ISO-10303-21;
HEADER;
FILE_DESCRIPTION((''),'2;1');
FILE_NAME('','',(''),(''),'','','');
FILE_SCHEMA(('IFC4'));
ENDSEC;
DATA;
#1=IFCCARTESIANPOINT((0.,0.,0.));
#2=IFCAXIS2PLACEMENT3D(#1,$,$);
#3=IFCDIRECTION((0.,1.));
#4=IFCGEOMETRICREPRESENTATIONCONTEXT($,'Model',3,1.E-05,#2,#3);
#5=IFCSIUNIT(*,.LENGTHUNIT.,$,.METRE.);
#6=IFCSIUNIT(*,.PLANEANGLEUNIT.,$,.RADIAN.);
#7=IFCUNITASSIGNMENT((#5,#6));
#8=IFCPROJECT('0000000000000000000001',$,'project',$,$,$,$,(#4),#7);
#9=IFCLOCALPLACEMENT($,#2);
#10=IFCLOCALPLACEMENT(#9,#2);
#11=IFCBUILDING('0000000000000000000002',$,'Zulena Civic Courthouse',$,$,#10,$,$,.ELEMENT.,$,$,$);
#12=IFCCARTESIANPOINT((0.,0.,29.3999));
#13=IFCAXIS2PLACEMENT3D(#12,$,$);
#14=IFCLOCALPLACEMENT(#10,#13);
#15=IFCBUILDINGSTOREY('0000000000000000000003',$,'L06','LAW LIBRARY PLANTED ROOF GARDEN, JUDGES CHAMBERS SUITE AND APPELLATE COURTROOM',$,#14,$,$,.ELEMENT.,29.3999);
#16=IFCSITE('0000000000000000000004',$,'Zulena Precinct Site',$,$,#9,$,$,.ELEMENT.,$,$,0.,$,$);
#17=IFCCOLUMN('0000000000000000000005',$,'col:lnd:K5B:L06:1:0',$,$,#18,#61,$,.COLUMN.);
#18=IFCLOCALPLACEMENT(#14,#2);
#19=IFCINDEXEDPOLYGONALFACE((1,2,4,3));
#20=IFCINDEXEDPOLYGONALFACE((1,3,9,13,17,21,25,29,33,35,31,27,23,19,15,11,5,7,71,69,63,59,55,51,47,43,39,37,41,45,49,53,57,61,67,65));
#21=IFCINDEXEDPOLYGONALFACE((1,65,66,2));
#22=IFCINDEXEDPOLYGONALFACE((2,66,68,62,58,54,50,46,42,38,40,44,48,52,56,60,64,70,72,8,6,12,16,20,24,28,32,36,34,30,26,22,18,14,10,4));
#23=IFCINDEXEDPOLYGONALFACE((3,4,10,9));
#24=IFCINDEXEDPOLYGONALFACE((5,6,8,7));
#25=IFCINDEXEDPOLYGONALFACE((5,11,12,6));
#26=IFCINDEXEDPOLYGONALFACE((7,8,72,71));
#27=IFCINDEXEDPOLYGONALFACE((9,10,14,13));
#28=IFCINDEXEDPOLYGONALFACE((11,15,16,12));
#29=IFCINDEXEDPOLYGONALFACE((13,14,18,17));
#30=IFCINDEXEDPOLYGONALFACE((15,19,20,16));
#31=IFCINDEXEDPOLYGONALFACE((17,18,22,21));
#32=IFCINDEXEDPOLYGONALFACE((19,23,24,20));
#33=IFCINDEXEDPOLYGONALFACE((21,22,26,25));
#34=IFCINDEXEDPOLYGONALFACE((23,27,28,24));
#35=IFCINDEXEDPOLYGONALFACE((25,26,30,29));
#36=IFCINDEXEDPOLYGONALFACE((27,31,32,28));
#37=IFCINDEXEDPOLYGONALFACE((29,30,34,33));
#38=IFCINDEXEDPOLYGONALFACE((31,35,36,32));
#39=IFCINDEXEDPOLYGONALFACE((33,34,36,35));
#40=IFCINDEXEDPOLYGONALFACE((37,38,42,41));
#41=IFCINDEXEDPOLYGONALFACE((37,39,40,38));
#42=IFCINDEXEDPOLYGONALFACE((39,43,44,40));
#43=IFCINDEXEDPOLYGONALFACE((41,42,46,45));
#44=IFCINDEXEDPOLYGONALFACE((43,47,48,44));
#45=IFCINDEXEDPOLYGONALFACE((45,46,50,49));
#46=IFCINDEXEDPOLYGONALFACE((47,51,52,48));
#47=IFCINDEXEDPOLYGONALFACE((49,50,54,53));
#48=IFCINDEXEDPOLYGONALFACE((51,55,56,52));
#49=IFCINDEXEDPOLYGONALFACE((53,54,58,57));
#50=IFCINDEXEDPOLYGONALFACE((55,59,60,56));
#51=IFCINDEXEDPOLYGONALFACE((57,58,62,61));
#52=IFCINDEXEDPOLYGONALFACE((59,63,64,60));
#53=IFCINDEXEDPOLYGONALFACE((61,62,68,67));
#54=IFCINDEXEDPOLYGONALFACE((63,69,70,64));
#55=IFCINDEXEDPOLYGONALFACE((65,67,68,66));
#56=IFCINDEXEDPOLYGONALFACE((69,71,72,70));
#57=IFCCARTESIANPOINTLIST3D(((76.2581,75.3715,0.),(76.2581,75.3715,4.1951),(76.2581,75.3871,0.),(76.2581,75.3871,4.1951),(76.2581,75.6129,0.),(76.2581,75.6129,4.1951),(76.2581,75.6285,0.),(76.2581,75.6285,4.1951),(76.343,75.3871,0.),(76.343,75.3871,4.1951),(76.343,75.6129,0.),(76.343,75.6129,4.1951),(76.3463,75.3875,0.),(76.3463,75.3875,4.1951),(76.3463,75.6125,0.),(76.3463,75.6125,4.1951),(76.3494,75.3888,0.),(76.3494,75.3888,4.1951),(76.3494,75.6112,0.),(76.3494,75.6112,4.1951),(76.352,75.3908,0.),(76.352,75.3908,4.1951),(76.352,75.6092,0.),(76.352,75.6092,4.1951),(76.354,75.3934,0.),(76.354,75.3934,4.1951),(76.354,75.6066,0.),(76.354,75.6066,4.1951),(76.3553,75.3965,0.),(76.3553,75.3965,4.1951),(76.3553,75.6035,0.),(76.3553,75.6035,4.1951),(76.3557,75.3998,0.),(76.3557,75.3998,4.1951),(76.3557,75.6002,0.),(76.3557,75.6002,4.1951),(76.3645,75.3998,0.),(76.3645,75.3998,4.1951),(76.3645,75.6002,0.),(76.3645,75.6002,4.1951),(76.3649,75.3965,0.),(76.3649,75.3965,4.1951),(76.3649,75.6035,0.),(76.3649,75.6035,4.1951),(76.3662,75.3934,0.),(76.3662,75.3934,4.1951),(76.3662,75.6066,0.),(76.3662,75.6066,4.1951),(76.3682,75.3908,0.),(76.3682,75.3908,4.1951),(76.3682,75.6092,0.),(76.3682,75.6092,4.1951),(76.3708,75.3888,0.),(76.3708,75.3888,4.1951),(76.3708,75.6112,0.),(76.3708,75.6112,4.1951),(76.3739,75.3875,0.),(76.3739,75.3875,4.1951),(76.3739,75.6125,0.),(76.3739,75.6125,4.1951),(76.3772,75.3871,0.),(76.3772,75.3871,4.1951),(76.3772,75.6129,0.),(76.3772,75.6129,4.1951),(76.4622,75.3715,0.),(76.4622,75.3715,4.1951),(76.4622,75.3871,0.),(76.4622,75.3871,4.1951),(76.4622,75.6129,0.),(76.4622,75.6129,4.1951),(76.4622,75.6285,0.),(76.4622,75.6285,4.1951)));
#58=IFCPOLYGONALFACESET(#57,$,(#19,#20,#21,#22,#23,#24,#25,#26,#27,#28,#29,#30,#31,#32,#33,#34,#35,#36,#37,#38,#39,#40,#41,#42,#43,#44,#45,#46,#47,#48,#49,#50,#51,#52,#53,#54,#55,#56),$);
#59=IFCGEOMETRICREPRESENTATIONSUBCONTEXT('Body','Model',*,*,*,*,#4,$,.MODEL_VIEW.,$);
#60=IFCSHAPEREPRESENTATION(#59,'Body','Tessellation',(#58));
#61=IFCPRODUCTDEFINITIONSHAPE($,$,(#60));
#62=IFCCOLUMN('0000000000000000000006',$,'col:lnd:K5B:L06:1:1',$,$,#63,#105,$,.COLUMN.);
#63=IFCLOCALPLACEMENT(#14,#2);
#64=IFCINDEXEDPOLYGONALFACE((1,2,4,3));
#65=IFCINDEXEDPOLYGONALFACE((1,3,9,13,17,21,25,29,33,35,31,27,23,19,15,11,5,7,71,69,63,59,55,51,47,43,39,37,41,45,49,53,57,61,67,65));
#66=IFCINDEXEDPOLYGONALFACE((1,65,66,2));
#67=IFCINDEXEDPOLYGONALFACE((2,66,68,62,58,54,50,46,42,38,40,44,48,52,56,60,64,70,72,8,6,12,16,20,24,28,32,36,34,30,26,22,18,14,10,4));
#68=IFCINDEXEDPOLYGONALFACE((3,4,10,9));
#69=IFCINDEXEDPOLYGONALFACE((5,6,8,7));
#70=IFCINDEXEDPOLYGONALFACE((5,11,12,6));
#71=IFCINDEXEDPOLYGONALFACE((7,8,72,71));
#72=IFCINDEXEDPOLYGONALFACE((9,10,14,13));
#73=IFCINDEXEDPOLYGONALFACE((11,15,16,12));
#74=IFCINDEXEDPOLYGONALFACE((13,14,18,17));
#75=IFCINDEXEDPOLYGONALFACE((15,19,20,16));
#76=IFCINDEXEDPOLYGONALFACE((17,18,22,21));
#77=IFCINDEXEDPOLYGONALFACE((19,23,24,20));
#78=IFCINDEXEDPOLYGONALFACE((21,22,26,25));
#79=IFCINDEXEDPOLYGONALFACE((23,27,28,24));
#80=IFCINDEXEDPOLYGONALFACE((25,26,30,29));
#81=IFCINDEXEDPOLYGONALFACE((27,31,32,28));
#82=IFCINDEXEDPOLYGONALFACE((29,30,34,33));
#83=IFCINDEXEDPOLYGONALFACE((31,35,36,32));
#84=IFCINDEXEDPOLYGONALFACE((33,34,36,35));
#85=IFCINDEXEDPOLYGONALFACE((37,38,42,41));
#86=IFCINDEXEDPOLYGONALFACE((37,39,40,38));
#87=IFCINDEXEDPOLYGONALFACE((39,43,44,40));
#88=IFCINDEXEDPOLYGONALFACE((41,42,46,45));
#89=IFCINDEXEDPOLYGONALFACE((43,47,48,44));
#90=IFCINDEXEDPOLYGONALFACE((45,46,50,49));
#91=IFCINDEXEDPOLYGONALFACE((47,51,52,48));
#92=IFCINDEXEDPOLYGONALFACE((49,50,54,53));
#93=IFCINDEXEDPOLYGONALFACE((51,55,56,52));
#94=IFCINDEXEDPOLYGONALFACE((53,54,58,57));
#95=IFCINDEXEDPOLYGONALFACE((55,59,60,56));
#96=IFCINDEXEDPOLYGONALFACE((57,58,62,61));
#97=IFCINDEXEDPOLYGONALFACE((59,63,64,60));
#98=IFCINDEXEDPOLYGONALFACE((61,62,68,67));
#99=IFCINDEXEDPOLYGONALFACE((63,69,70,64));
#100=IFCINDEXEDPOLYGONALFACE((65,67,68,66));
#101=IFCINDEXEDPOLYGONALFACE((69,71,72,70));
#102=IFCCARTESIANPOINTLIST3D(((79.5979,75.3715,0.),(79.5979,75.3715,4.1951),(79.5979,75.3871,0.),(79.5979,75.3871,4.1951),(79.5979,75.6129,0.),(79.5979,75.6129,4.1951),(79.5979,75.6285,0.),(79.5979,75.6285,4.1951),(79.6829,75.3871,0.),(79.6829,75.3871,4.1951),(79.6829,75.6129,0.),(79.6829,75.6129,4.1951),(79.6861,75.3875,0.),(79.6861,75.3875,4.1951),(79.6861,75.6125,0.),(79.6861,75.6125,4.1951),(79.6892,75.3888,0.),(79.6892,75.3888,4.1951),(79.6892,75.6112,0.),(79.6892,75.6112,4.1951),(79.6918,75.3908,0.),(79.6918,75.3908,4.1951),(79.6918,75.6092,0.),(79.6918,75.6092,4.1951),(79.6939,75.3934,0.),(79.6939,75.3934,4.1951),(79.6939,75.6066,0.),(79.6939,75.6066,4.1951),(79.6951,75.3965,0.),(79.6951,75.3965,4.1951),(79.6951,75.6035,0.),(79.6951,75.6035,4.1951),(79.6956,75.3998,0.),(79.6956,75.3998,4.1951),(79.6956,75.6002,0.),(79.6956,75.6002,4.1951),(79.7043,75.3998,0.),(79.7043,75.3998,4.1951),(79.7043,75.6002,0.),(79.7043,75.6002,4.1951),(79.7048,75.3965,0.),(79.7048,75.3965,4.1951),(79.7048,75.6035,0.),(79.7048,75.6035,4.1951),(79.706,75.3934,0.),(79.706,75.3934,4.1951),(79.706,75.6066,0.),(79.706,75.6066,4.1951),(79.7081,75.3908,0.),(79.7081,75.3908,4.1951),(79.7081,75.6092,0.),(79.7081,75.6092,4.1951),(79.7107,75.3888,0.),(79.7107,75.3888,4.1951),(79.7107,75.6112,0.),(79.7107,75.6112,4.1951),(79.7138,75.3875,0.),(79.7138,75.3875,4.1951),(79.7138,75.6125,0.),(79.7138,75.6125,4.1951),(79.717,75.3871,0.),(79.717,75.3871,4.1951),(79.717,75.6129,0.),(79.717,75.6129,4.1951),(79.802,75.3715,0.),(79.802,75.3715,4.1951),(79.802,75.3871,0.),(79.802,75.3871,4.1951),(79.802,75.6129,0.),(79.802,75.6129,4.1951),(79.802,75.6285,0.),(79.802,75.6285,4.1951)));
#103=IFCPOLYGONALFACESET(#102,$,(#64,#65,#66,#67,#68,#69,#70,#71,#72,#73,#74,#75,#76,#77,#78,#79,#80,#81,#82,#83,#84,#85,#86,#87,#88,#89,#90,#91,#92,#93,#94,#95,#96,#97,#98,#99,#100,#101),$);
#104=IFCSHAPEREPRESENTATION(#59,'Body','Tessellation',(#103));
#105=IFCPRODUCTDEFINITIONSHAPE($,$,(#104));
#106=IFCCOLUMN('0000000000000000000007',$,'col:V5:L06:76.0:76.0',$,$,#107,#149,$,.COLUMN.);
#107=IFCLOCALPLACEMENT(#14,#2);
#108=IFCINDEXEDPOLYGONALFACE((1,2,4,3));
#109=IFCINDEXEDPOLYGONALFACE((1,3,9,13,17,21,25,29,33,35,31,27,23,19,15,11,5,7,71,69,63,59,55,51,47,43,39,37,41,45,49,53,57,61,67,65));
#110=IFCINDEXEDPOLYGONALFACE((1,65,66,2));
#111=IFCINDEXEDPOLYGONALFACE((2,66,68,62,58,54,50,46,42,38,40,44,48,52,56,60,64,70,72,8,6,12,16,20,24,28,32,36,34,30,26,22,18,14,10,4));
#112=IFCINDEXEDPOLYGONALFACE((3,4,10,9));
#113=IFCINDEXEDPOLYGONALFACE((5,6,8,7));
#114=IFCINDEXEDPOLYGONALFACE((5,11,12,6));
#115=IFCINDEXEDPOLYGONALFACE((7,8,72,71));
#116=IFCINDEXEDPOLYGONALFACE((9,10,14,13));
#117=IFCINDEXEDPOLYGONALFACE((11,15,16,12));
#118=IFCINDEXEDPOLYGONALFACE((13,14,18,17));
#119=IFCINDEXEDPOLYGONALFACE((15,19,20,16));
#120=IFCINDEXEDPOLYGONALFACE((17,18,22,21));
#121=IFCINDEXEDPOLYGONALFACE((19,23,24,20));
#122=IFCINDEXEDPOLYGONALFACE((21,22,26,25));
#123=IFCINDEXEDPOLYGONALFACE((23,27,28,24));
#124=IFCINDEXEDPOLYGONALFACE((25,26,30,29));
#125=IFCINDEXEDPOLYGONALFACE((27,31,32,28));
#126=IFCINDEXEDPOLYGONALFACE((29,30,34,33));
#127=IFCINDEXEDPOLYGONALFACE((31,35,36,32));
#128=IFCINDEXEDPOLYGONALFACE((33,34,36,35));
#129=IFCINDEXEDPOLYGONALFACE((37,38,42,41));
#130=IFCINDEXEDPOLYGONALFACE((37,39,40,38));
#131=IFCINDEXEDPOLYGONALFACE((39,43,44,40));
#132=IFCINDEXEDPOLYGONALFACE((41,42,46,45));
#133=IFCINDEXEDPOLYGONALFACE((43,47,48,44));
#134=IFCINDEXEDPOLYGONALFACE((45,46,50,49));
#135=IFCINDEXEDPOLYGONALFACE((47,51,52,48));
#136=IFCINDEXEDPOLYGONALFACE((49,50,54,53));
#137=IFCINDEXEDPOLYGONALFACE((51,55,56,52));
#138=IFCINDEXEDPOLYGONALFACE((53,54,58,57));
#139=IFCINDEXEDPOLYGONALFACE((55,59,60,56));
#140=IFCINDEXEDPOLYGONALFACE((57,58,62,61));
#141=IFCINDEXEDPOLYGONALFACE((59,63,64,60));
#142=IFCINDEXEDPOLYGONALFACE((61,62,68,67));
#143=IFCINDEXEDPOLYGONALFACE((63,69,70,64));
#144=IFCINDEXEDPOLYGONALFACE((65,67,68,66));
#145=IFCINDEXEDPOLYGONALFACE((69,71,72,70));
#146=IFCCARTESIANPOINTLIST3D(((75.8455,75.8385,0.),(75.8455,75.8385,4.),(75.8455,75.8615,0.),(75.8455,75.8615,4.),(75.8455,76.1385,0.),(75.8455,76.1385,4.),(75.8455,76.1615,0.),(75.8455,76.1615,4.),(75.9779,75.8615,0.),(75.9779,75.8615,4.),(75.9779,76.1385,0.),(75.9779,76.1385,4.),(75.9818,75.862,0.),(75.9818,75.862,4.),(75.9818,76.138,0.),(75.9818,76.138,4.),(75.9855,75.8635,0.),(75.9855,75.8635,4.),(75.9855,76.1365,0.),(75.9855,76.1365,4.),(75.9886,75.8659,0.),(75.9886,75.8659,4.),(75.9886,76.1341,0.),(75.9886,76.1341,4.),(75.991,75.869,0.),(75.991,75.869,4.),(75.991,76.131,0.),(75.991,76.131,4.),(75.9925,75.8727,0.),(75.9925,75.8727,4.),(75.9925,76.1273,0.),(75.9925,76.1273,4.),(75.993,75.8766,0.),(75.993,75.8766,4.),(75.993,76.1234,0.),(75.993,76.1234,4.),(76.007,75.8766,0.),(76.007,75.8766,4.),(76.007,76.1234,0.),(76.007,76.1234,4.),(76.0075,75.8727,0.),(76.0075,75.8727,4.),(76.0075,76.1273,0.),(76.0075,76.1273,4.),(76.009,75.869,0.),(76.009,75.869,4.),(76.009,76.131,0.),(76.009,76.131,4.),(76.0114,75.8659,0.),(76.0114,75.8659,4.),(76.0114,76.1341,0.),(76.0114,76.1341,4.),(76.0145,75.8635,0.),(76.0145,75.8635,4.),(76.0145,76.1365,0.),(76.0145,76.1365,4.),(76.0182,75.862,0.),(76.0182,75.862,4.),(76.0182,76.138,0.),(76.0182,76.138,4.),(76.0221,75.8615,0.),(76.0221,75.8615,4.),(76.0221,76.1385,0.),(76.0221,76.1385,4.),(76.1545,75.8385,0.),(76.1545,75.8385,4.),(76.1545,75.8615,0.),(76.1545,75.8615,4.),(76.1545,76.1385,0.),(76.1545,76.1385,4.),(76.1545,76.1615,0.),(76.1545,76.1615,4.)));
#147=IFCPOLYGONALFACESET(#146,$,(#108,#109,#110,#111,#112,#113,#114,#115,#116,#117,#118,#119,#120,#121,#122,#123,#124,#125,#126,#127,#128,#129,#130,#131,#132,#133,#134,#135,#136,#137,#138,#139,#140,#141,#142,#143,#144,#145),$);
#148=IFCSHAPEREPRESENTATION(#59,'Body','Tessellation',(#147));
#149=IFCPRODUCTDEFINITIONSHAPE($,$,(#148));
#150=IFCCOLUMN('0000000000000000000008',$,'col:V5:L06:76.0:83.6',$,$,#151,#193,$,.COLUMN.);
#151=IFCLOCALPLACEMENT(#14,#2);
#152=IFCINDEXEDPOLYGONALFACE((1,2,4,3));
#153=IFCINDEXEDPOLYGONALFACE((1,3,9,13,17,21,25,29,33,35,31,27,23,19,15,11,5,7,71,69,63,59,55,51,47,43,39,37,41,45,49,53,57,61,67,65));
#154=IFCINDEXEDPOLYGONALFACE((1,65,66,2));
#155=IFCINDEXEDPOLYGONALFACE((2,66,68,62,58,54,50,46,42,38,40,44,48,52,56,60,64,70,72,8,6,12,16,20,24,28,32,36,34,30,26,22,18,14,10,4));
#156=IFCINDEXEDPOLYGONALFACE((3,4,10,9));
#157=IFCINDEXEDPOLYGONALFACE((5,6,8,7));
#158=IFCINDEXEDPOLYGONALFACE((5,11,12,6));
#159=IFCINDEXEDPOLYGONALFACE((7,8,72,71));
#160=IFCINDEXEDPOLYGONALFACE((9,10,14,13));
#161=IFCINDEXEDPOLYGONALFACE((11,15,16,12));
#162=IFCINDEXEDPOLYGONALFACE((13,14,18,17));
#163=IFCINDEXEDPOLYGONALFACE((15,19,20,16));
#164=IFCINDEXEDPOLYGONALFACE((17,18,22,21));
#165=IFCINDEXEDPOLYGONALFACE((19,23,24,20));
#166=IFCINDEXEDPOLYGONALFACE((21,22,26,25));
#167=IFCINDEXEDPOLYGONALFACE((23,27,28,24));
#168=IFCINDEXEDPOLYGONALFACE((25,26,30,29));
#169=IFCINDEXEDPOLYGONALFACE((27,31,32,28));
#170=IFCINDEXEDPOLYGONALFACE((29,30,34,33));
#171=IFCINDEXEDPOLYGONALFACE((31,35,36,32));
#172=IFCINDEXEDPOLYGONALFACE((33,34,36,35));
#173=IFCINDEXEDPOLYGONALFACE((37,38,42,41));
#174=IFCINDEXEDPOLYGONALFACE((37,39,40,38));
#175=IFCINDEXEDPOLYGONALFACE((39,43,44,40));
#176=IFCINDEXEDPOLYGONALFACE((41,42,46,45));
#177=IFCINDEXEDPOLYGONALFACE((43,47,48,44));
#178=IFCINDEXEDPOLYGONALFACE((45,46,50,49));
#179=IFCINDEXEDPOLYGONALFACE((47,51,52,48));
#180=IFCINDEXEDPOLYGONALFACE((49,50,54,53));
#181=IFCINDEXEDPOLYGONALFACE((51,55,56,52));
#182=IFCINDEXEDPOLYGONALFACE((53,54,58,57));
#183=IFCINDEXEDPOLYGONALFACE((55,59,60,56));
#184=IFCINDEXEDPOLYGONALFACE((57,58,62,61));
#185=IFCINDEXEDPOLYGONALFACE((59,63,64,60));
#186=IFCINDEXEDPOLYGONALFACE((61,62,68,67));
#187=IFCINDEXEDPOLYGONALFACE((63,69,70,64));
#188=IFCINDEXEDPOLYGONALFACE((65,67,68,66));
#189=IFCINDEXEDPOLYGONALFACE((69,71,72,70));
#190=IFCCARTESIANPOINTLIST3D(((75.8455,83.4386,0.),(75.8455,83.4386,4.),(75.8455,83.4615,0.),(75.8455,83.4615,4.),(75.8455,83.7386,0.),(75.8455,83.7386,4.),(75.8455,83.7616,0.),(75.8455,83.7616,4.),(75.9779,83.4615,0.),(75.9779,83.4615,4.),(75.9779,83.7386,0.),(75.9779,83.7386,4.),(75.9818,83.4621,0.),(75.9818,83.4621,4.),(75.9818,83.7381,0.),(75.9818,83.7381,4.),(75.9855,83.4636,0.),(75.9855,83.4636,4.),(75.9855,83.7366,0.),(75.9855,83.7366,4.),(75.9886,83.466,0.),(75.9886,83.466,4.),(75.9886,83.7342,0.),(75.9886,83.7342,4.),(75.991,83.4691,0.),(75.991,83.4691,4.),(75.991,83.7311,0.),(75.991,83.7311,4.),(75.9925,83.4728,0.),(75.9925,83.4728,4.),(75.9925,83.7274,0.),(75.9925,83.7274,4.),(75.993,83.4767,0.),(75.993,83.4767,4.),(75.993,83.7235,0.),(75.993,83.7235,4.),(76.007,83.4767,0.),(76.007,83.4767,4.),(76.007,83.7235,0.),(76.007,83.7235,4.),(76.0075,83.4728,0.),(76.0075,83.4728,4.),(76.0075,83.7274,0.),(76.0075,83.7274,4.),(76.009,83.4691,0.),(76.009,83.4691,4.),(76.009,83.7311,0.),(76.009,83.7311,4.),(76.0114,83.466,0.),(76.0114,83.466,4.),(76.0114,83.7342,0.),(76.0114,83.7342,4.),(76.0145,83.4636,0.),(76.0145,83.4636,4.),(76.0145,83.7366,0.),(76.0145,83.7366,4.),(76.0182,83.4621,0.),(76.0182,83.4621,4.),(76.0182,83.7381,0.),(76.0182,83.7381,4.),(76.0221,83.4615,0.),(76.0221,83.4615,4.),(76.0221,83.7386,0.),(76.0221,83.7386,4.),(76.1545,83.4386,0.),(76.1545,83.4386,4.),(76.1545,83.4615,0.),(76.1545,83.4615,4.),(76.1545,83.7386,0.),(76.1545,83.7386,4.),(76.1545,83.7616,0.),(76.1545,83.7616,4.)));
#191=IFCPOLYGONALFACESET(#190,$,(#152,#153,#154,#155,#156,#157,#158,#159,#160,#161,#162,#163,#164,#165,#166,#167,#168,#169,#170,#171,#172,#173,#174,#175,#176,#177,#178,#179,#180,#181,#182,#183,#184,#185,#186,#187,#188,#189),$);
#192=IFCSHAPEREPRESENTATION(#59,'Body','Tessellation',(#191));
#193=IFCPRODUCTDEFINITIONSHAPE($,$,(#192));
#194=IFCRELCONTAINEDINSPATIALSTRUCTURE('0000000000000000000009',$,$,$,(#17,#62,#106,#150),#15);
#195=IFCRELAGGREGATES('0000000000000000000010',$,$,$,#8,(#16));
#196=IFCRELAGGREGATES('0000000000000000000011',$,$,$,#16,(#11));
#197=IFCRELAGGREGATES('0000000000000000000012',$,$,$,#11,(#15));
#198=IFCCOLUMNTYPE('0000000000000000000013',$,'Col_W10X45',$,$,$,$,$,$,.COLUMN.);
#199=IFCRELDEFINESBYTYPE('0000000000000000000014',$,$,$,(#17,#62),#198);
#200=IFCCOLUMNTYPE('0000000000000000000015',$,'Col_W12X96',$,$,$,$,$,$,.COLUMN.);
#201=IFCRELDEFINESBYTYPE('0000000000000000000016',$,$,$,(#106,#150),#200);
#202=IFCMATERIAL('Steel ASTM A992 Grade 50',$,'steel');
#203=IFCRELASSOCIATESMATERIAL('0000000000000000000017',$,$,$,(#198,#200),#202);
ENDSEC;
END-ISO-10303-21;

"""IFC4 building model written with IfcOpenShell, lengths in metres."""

from ifc_helpers import new_model, si_unit, direction, frame, origin, origin_2d, place, context, subcontext, project, spatial, i_section, extrude, material, material_profile, profile_set, type_object, element, save


model = new_model("IFC4")

# Units and contexts
model_context = context("Model", 3, precision=1e-05, world=origin(), true_north=direction((0.0, 1.0)))
body_context = subcontext(model_context, "Body", "Model", "MODEL_VIEW")
ifc_project = project(units=[si_unit("LENGTHUNIT", "METRE"), si_unit("PLANEANGLEUNIT", "RADIAN")], contexts=[model_context])

# Site, building, storey
site_placement = place(None, origin())
site = spatial("IfcSite", under=ifc_project, at=site_placement, Name="Zulena Precinct Site", CompositionType="ELEMENT", RefElevation=0.0)
building_placement = place(site_placement, origin())
building = spatial("IfcBuilding", under=site, at=building_placement, Name="Zulena Civic Courthouse", CompositionType="ELEMENT")
storey_placement = place(building_placement, frame((0.0, 0.0, 29.3999)))
storey = spatial("IfcBuildingStorey", under=building, at=storey_placement, Name="L06", Description="LAW LIBRARY PLANTED ROOF GARDEN, JUDGES CHAMBERS SUITE AND APPELLATE COURTROOM", CompositionType="ELEMENT", Elevation=29.3999)

# Columns
ifc_material_1 = material(Name="Steel ASTM A992 Grade 50", Category="steel")
ifc_material_profile_1 = material_profile(ifc_material_1, i_section(OverallWidth=0.2041, OverallDepth=0.2571, WebThickness=0.0088, FlangeThickness=0.0156, FilletRadius=0.0127, at=origin_2d()), Name="W10X45")
ifc_profile_set_1 = profile_set([ifc_material_profile_1], Name="Steel ASTM A992 Grade 50")
column_type_1 = type_object("IfcColumnType", Name="Col_W10X45", PredefinedType="COLUMN", material=ifc_profile_set_1)
for number, where, z_axis, x_axis, name in (
    (1, (76.3601, 75.5, 0.0), (0.0, 0.0, 1.0), (1.0, 0.0, 0.0), "col:lnd:K5B:L06:1:0"),
    (2, (79.7, 75.5, 0.0), (0.0, 0.0, 1.0), (1.0, 0.0, 0.0), "col:lnd:K5B:L06:1:1"),
):
    element("IfcColumn", number, at=place(storey_placement, frame(where, z_axis=z_axis, x_axis=x_axis)), inside=storey, type_object=column_type_1, Name=name, PredefinedType="COLUMN", context=body_context, shape_type="SweptSolid", body=[
        extrude(i_section(OverallWidth=0.2041, OverallDepth=0.2571, WebThickness=0.0088, FlangeThickness=0.0156, FilletRadius=0.0127, at=origin_2d()), origin(), (0.0, 0.0, 1.0), 4.1951),
    ])
ifc_material_profile_2 = material_profile(ifc_material_1, i_section(OverallWidth=0.3091, OverallDepth=0.323, WebThickness=0.0139, FlangeThickness=0.0229, FilletRadius=0.0151, at=origin_2d()), Name="W12X96")
ifc_profile_set_2 = profile_set([ifc_material_profile_2], Name="Steel ASTM A992 Grade 50")
column_type_2 = type_object("IfcColumnType", Name="Col_W12X96", PredefinedType="COLUMN", material=ifc_profile_set_2)
for number, where, z_axis, x_axis, name in (
    (3, (76.0, 76.0, 0.0), (0.0, 0.0, 1.0), (1.0, 0.0, 0.0), "col:V5:L06:76.0:76.0"),
    (4, (76.0, 83.6001, 0.0), (0.0, 0.0, 1.0), (1.0, 0.0, 0.0), "col:V5:L06:76.0:83.6"),
):
    element("IfcColumn", number, at=place(storey_placement, frame(where, z_axis=z_axis, x_axis=x_axis)), inside=storey, type_object=column_type_2, Name=name, PredefinedType="COLUMN", context=body_context, shape_type="SweptSolid", body=[
        extrude(i_section(OverallWidth=0.3091, OverallDepth=0.323, WebThickness=0.0139, FlangeThickness=0.0229, FilletRadius=0.0151, at=origin_2d()), origin(), (0.0, 0.0, 1.0), 4.0),
    ])

save(model, "model.ifc")
